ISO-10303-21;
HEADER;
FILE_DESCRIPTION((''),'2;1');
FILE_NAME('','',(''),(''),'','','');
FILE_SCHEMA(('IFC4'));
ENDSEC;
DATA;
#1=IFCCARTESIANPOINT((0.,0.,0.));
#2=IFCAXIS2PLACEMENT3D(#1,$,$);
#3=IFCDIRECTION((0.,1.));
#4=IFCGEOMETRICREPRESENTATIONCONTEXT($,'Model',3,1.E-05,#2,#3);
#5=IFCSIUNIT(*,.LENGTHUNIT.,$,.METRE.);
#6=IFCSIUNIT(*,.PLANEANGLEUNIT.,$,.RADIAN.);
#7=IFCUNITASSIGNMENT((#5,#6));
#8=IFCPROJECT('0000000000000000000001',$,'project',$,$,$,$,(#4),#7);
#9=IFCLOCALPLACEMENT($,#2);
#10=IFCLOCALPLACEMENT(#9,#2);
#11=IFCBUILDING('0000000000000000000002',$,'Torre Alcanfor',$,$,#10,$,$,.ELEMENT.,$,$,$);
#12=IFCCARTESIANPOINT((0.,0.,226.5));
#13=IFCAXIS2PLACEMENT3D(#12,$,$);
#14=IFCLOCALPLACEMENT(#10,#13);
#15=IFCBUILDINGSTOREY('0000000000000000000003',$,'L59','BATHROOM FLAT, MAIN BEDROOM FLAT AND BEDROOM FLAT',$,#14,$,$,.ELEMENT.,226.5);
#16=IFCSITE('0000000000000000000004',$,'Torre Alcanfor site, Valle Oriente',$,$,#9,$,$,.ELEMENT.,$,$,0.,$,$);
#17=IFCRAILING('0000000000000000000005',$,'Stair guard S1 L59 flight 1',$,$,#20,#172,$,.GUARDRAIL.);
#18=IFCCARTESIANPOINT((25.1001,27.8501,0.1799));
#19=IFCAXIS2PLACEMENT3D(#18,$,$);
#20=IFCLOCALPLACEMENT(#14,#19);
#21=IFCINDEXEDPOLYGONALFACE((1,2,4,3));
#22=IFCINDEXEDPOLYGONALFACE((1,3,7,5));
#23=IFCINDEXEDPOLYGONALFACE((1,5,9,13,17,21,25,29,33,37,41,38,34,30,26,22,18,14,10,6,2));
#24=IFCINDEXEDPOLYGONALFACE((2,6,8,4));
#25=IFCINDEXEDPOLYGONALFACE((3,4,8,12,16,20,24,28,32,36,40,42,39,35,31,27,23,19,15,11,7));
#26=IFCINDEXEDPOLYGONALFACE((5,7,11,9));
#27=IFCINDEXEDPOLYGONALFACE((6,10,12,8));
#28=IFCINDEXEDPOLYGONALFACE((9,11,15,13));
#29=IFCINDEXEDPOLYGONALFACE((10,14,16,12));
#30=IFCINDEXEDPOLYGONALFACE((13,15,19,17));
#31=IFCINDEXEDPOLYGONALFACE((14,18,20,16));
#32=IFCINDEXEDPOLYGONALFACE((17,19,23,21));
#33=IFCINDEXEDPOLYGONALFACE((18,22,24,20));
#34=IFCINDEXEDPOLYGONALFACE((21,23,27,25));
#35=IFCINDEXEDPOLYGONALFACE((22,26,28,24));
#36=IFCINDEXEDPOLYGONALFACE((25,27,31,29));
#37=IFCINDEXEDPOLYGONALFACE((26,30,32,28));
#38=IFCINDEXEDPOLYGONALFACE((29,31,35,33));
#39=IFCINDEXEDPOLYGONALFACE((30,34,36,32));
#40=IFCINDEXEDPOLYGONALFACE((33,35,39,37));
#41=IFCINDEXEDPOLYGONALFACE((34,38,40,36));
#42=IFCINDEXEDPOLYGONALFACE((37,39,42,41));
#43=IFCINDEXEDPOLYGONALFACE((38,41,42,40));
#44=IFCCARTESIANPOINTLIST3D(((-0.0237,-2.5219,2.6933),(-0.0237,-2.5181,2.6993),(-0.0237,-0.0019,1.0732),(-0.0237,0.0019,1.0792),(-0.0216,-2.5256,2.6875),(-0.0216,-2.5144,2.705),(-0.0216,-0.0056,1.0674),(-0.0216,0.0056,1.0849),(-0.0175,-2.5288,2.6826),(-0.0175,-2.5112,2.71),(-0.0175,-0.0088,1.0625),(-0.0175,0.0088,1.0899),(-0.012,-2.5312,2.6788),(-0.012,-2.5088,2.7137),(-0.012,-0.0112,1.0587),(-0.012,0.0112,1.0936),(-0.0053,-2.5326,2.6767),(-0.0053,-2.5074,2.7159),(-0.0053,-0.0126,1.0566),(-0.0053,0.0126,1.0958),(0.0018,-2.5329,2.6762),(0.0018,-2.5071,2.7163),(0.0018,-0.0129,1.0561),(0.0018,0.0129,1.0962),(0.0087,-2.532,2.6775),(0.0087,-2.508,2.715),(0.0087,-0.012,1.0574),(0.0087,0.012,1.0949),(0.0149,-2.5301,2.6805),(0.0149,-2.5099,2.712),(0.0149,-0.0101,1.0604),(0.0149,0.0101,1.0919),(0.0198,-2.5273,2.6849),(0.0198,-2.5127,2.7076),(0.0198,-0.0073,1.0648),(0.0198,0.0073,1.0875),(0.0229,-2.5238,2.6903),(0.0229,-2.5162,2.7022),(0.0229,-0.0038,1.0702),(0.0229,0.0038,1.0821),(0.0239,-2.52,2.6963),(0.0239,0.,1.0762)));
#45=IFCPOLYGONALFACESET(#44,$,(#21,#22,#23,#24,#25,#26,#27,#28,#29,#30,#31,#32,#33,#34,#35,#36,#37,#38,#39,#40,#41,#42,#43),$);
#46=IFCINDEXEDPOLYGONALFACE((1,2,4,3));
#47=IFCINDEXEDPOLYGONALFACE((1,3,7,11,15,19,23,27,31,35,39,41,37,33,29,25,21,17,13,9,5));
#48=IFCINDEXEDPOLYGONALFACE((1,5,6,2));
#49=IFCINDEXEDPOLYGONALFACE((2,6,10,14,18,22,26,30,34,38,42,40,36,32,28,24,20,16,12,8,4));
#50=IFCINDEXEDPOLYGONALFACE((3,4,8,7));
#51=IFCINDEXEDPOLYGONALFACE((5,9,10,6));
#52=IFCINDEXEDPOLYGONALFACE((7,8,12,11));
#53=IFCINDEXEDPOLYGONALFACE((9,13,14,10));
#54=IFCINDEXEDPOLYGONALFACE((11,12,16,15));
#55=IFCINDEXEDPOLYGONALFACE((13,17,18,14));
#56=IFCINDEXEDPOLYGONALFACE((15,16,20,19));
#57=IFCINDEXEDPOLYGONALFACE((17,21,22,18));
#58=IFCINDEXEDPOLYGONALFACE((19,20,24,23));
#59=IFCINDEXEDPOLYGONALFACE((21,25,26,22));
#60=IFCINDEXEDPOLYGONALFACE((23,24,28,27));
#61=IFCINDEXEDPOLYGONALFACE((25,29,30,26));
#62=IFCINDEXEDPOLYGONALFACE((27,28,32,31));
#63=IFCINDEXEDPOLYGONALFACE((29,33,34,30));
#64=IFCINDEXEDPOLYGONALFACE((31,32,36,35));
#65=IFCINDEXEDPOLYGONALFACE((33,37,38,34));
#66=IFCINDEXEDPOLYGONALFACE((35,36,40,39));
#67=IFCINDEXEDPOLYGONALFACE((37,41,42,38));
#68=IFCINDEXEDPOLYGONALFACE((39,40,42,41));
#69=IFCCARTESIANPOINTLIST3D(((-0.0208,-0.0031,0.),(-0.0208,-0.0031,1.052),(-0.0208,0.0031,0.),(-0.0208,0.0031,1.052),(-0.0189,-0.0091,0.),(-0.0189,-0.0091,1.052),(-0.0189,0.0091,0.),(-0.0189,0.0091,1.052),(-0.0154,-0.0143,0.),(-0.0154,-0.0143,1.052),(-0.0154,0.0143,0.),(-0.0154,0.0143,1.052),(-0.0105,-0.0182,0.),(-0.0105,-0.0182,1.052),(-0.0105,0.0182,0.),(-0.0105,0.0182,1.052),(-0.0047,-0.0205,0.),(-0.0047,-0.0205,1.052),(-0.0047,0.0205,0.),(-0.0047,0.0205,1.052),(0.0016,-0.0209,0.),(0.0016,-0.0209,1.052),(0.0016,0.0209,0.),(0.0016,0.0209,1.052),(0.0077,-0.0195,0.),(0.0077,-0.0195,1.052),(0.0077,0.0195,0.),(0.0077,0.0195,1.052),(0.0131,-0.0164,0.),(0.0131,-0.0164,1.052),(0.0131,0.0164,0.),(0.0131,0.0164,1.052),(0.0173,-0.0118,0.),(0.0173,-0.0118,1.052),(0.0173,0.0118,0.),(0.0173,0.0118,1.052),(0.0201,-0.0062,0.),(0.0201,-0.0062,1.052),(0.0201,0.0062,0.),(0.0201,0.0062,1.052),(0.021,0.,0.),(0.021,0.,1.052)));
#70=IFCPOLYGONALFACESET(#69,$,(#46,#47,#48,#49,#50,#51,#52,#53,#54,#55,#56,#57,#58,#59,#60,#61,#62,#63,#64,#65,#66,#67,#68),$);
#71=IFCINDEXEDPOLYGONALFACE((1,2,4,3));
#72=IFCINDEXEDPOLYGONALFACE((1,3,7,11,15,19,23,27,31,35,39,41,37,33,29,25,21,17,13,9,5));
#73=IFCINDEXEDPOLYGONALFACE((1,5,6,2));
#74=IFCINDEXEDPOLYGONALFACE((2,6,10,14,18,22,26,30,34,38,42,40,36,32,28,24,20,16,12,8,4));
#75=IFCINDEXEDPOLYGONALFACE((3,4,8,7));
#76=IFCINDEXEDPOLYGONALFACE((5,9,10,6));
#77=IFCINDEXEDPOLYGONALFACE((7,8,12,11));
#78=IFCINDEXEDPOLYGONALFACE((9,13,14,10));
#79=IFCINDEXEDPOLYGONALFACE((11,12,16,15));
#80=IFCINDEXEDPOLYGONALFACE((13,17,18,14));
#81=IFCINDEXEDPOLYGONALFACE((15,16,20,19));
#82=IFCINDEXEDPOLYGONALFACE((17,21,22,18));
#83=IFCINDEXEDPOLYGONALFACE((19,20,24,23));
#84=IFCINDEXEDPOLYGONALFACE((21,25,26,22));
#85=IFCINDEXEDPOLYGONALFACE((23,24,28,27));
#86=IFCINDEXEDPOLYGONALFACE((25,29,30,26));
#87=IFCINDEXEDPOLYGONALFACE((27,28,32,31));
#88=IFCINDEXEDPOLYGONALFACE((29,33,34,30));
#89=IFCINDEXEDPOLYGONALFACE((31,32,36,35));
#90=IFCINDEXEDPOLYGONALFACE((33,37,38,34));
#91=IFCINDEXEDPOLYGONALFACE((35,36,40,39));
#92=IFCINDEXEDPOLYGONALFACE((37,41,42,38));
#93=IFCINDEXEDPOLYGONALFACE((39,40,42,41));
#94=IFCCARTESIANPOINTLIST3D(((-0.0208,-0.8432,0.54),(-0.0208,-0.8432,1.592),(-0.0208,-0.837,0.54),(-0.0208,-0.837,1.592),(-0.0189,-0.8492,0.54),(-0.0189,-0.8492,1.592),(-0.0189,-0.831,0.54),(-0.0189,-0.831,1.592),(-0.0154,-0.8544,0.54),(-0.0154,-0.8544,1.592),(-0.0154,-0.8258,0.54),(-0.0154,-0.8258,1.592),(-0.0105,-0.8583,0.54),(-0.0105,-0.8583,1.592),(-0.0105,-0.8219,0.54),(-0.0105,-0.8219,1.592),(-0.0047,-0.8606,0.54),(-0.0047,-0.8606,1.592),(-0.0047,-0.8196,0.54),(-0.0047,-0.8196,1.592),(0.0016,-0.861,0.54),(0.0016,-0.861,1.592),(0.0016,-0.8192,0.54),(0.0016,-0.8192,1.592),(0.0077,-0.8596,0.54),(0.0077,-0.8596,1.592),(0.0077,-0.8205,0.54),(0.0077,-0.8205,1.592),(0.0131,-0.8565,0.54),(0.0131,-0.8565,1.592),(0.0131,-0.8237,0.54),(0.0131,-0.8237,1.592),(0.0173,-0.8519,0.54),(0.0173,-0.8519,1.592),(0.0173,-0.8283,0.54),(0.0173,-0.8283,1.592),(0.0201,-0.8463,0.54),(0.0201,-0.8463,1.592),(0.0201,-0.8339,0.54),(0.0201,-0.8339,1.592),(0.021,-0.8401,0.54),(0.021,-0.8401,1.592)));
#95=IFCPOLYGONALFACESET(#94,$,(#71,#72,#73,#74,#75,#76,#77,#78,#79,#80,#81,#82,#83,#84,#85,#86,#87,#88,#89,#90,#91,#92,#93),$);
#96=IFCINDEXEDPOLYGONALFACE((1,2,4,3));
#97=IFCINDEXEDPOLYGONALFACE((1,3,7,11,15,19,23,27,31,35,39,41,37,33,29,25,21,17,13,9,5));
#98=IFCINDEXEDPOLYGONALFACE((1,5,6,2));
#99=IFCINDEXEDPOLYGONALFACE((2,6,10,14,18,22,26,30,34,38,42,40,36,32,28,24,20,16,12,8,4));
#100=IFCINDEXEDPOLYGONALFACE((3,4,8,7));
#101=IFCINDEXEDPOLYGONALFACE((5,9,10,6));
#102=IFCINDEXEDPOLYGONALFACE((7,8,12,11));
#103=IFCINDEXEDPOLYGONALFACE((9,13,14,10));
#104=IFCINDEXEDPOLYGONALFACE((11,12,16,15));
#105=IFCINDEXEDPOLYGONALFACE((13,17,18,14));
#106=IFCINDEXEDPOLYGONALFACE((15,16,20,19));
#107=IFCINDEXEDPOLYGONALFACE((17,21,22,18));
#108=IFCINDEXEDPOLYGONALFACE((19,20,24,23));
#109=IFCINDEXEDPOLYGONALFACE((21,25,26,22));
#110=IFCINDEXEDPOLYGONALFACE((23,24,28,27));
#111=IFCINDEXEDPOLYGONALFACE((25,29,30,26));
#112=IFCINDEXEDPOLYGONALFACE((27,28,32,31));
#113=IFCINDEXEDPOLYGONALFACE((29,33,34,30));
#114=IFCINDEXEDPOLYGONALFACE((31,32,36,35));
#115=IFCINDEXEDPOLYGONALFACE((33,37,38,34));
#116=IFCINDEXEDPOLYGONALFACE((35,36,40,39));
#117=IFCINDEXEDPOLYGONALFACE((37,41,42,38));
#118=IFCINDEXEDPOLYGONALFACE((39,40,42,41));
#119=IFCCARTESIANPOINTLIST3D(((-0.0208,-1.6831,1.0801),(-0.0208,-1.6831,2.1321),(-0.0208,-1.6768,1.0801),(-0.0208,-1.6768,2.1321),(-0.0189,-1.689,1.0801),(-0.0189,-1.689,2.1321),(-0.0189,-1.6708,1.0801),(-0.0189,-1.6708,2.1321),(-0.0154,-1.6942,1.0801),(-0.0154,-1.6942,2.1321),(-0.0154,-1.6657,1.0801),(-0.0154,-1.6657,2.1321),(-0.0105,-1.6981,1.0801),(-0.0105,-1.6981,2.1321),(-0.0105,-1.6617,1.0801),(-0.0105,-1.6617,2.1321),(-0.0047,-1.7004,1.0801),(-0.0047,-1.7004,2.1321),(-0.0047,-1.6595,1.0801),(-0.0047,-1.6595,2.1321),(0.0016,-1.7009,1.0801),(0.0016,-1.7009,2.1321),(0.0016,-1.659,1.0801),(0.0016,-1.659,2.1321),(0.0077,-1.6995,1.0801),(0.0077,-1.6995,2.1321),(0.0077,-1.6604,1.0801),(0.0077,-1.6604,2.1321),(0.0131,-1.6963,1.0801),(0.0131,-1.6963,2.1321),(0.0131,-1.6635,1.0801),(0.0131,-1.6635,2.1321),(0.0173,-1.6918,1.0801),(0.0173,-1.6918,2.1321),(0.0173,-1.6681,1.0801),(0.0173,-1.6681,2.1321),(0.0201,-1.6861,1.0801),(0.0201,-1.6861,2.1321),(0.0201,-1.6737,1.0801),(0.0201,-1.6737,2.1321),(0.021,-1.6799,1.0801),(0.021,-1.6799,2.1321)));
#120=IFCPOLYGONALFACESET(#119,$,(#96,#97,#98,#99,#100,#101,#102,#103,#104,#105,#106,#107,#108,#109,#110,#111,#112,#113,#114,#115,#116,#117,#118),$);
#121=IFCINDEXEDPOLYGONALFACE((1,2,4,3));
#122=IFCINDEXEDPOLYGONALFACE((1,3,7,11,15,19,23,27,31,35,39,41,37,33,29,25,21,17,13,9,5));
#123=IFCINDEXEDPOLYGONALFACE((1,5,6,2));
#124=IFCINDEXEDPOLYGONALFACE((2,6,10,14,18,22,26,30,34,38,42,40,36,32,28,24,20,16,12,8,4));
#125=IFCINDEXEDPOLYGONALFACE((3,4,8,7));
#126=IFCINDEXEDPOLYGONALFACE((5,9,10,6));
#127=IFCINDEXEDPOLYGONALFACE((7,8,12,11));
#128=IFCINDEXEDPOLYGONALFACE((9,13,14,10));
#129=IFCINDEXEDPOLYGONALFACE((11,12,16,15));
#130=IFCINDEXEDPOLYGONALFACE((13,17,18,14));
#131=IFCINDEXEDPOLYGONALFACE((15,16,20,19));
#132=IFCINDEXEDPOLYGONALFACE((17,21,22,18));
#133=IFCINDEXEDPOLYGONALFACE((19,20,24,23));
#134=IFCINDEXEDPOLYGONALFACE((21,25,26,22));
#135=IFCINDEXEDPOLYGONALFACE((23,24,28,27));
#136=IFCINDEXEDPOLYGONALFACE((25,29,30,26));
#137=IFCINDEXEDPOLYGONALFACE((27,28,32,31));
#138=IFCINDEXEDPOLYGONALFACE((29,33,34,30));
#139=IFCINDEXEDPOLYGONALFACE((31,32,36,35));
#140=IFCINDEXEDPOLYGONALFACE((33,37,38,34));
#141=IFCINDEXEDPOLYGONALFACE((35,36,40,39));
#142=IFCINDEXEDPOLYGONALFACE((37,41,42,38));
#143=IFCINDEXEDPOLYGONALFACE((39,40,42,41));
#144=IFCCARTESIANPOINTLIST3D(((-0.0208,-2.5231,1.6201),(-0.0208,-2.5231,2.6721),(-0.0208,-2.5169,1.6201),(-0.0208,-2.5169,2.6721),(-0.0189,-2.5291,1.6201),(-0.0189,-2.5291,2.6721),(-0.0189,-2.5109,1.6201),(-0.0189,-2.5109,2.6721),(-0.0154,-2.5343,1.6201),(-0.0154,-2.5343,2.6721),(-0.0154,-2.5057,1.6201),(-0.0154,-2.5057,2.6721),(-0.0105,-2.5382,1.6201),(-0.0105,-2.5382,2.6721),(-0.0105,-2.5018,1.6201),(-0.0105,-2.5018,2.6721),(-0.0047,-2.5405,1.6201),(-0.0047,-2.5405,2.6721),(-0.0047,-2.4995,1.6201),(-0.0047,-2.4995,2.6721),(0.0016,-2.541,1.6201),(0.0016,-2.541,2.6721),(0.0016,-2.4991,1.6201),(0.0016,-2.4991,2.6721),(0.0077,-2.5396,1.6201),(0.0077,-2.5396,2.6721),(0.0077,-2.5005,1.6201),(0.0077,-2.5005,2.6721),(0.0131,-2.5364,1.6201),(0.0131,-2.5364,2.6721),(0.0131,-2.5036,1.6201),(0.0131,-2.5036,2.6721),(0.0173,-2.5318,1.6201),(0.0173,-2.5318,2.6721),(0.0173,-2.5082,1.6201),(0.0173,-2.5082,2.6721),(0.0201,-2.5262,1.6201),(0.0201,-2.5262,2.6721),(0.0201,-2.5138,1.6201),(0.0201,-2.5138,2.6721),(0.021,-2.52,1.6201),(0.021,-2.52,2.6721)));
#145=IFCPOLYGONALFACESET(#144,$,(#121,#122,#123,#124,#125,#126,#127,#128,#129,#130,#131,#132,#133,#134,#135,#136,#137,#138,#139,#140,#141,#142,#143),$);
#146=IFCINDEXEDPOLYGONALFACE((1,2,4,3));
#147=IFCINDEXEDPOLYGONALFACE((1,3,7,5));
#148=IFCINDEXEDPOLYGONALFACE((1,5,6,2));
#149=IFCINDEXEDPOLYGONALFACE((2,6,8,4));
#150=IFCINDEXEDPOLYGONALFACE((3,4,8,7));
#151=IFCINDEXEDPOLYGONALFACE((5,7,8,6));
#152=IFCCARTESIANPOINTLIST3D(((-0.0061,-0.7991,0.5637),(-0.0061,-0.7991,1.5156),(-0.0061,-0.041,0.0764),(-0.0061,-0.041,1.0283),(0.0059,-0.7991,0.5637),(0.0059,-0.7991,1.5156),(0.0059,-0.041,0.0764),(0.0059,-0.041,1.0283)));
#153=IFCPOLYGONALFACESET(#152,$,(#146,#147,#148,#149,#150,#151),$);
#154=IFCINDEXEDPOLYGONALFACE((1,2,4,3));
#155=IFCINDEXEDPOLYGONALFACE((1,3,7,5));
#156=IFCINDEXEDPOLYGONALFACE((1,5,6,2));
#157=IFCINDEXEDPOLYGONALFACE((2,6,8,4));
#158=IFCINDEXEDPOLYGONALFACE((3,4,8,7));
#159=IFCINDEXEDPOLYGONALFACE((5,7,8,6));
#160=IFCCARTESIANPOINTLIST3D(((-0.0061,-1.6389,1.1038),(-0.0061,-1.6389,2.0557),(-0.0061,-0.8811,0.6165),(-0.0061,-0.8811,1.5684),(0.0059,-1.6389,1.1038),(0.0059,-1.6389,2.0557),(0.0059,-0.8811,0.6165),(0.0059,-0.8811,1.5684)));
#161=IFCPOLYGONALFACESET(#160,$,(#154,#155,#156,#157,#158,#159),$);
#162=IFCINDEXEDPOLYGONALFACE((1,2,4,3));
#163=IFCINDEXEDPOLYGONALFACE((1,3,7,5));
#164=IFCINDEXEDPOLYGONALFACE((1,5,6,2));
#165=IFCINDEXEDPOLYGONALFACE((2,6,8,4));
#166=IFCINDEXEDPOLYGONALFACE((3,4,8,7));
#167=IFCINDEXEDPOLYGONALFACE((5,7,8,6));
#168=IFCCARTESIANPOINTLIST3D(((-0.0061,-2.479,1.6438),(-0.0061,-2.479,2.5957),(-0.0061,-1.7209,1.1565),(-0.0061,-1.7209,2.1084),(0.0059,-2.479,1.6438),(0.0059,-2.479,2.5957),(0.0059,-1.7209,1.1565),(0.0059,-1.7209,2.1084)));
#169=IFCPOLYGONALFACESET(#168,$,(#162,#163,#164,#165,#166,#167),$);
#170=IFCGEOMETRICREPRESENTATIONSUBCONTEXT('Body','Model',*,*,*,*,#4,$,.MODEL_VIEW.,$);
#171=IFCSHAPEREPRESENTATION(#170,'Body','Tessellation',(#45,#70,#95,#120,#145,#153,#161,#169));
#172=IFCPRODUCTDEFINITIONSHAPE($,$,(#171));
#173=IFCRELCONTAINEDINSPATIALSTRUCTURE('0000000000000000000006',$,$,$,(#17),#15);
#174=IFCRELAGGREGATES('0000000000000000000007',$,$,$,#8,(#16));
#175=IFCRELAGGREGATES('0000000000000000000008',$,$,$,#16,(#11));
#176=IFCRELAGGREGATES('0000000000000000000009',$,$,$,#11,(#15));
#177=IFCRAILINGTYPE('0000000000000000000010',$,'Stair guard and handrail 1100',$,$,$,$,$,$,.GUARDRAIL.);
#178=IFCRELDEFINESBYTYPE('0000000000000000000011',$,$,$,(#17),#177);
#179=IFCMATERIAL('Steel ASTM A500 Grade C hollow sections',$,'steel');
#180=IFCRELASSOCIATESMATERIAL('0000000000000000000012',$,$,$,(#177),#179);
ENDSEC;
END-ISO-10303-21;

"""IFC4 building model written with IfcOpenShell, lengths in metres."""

from ifc_helpers import new_model, si_unit, direction, frame, origin, origin_2d, place, context, subcontext, project, spatial, polyline, circle, outline, extrude, material, type_object, element, save


model = new_model("IFC4")

# Units and contexts
model_context = context("Model", 3, precision=1e-05, world=origin(), true_north=direction((0.0, 1.0)))
body_context = subcontext(model_context, "Body", "Model", "MODEL_VIEW")
ifc_project = project(units=[si_unit("LENGTHUNIT", "METRE"), si_unit("PLANEANGLEUNIT", "RADIAN")], contexts=[model_context])

# Site, building, storey
site_placement = place(None, origin())
site = spatial("IfcSite", under=ifc_project, at=site_placement, Name="Torre Alcanfor site, Valle Oriente", CompositionType="ELEMENT", RefElevation=0.0)
building_placement = place(site_placement, origin())
building = spatial("IfcBuilding", under=site, at=building_placement, Name="Torre Alcanfor", CompositionType="ELEMENT")
storey_placement = place(building_placement, frame((0.0, 0.0, 226.5)))
storey = spatial("IfcBuildingStorey", under=building, at=storey_placement, Name="L59", Description="BATHROOM FLAT, MAIN BEDROOM FLAT AND BEDROOM FLAT", CompositionType="ELEMENT", Elevation=226.5)

# Railing
ifc_material_1 = material(Name="Steel ASTM A500 Grade C hollow sections", Category="steel")
railing_type = type_object("IfcRailingType", Name="Stair guard and handrail 1100", PredefinedType="GUARDRAIL", material=ifc_material_1)
railing_1_placement = place(storey_placement, frame((25.1001, 27.8501, 0.1799)))
element("IfcRailing", 1, at=railing_1_placement, inside=storey, type_object=railing_type, Name="Stair guard S1 L59 flight 1", PredefinedType="GUARDRAIL", context=body_context, shape_type="SweptSolid", body=[
    extrude(circle(Radius=0.0239, at=origin_2d()), frame((0.0, 0.0, 1.0762), z_axis=(0.0, -0.841163, 0.540782), x_axis=(1.0, 0.0, 0.0)), (0.0, 0.0, 1.0), 2.9958),
    extrude(circle(Radius=0.021, at=origin_2d()), origin(), (0.0, 0.0, 1.0), 1.052),
    extrude(circle(Radius=0.021, at=origin_2d()), frame((0.0, -0.8401, 0.54)), (0.0, 0.0, 1.0), 1.052),
    extrude(circle(Radius=0.021, at=origin_2d()), frame((0.0, -1.6799, 1.0801)), (0.0, 0.0, 1.0), 1.052),
    extrude(circle(Radius=0.021, at=origin_2d()), frame((0.0, -2.52, 1.6201)), (0.0, 0.0, 1.0), 1.052),
    extrude(outline(polyline([(0.041, 0.0764), (0.7991, 0.5637), (0.7991, 1.5156), (0.041, 1.0283), (0.041, 0.0764)])), frame((0.0059, 0.0, 0.0), z_axis=(-1.0, 0.0, 0.0), x_axis=(0.0, -1.0, 0.0)), (0.0, 0.0, 1.0), 0.012),
    extrude(outline(polyline([(0.8811, 0.6165), (1.6389, 1.1038), (1.6389, 2.0557), (0.8811, 1.5684), (0.8811, 0.6165)])), frame((0.0059, 0.0, 0.0), z_axis=(-1.0, 0.0, 0.0), x_axis=(0.0, -1.0, 0.0)), (0.0, 0.0, 1.0), 0.012),
    extrude(outline(polyline([(1.7209, 1.1565), (2.479, 1.6438), (2.479, 2.5957), (1.7209, 2.1084), (1.7209, 1.1565)])), frame((0.0059, 0.0, 0.0), z_axis=(-1.0, 0.0, 0.0), x_axis=(0.0, -1.0, 0.0)), (0.0, 0.0, 1.0), 0.012),
])

save(model, "model.ifc")
